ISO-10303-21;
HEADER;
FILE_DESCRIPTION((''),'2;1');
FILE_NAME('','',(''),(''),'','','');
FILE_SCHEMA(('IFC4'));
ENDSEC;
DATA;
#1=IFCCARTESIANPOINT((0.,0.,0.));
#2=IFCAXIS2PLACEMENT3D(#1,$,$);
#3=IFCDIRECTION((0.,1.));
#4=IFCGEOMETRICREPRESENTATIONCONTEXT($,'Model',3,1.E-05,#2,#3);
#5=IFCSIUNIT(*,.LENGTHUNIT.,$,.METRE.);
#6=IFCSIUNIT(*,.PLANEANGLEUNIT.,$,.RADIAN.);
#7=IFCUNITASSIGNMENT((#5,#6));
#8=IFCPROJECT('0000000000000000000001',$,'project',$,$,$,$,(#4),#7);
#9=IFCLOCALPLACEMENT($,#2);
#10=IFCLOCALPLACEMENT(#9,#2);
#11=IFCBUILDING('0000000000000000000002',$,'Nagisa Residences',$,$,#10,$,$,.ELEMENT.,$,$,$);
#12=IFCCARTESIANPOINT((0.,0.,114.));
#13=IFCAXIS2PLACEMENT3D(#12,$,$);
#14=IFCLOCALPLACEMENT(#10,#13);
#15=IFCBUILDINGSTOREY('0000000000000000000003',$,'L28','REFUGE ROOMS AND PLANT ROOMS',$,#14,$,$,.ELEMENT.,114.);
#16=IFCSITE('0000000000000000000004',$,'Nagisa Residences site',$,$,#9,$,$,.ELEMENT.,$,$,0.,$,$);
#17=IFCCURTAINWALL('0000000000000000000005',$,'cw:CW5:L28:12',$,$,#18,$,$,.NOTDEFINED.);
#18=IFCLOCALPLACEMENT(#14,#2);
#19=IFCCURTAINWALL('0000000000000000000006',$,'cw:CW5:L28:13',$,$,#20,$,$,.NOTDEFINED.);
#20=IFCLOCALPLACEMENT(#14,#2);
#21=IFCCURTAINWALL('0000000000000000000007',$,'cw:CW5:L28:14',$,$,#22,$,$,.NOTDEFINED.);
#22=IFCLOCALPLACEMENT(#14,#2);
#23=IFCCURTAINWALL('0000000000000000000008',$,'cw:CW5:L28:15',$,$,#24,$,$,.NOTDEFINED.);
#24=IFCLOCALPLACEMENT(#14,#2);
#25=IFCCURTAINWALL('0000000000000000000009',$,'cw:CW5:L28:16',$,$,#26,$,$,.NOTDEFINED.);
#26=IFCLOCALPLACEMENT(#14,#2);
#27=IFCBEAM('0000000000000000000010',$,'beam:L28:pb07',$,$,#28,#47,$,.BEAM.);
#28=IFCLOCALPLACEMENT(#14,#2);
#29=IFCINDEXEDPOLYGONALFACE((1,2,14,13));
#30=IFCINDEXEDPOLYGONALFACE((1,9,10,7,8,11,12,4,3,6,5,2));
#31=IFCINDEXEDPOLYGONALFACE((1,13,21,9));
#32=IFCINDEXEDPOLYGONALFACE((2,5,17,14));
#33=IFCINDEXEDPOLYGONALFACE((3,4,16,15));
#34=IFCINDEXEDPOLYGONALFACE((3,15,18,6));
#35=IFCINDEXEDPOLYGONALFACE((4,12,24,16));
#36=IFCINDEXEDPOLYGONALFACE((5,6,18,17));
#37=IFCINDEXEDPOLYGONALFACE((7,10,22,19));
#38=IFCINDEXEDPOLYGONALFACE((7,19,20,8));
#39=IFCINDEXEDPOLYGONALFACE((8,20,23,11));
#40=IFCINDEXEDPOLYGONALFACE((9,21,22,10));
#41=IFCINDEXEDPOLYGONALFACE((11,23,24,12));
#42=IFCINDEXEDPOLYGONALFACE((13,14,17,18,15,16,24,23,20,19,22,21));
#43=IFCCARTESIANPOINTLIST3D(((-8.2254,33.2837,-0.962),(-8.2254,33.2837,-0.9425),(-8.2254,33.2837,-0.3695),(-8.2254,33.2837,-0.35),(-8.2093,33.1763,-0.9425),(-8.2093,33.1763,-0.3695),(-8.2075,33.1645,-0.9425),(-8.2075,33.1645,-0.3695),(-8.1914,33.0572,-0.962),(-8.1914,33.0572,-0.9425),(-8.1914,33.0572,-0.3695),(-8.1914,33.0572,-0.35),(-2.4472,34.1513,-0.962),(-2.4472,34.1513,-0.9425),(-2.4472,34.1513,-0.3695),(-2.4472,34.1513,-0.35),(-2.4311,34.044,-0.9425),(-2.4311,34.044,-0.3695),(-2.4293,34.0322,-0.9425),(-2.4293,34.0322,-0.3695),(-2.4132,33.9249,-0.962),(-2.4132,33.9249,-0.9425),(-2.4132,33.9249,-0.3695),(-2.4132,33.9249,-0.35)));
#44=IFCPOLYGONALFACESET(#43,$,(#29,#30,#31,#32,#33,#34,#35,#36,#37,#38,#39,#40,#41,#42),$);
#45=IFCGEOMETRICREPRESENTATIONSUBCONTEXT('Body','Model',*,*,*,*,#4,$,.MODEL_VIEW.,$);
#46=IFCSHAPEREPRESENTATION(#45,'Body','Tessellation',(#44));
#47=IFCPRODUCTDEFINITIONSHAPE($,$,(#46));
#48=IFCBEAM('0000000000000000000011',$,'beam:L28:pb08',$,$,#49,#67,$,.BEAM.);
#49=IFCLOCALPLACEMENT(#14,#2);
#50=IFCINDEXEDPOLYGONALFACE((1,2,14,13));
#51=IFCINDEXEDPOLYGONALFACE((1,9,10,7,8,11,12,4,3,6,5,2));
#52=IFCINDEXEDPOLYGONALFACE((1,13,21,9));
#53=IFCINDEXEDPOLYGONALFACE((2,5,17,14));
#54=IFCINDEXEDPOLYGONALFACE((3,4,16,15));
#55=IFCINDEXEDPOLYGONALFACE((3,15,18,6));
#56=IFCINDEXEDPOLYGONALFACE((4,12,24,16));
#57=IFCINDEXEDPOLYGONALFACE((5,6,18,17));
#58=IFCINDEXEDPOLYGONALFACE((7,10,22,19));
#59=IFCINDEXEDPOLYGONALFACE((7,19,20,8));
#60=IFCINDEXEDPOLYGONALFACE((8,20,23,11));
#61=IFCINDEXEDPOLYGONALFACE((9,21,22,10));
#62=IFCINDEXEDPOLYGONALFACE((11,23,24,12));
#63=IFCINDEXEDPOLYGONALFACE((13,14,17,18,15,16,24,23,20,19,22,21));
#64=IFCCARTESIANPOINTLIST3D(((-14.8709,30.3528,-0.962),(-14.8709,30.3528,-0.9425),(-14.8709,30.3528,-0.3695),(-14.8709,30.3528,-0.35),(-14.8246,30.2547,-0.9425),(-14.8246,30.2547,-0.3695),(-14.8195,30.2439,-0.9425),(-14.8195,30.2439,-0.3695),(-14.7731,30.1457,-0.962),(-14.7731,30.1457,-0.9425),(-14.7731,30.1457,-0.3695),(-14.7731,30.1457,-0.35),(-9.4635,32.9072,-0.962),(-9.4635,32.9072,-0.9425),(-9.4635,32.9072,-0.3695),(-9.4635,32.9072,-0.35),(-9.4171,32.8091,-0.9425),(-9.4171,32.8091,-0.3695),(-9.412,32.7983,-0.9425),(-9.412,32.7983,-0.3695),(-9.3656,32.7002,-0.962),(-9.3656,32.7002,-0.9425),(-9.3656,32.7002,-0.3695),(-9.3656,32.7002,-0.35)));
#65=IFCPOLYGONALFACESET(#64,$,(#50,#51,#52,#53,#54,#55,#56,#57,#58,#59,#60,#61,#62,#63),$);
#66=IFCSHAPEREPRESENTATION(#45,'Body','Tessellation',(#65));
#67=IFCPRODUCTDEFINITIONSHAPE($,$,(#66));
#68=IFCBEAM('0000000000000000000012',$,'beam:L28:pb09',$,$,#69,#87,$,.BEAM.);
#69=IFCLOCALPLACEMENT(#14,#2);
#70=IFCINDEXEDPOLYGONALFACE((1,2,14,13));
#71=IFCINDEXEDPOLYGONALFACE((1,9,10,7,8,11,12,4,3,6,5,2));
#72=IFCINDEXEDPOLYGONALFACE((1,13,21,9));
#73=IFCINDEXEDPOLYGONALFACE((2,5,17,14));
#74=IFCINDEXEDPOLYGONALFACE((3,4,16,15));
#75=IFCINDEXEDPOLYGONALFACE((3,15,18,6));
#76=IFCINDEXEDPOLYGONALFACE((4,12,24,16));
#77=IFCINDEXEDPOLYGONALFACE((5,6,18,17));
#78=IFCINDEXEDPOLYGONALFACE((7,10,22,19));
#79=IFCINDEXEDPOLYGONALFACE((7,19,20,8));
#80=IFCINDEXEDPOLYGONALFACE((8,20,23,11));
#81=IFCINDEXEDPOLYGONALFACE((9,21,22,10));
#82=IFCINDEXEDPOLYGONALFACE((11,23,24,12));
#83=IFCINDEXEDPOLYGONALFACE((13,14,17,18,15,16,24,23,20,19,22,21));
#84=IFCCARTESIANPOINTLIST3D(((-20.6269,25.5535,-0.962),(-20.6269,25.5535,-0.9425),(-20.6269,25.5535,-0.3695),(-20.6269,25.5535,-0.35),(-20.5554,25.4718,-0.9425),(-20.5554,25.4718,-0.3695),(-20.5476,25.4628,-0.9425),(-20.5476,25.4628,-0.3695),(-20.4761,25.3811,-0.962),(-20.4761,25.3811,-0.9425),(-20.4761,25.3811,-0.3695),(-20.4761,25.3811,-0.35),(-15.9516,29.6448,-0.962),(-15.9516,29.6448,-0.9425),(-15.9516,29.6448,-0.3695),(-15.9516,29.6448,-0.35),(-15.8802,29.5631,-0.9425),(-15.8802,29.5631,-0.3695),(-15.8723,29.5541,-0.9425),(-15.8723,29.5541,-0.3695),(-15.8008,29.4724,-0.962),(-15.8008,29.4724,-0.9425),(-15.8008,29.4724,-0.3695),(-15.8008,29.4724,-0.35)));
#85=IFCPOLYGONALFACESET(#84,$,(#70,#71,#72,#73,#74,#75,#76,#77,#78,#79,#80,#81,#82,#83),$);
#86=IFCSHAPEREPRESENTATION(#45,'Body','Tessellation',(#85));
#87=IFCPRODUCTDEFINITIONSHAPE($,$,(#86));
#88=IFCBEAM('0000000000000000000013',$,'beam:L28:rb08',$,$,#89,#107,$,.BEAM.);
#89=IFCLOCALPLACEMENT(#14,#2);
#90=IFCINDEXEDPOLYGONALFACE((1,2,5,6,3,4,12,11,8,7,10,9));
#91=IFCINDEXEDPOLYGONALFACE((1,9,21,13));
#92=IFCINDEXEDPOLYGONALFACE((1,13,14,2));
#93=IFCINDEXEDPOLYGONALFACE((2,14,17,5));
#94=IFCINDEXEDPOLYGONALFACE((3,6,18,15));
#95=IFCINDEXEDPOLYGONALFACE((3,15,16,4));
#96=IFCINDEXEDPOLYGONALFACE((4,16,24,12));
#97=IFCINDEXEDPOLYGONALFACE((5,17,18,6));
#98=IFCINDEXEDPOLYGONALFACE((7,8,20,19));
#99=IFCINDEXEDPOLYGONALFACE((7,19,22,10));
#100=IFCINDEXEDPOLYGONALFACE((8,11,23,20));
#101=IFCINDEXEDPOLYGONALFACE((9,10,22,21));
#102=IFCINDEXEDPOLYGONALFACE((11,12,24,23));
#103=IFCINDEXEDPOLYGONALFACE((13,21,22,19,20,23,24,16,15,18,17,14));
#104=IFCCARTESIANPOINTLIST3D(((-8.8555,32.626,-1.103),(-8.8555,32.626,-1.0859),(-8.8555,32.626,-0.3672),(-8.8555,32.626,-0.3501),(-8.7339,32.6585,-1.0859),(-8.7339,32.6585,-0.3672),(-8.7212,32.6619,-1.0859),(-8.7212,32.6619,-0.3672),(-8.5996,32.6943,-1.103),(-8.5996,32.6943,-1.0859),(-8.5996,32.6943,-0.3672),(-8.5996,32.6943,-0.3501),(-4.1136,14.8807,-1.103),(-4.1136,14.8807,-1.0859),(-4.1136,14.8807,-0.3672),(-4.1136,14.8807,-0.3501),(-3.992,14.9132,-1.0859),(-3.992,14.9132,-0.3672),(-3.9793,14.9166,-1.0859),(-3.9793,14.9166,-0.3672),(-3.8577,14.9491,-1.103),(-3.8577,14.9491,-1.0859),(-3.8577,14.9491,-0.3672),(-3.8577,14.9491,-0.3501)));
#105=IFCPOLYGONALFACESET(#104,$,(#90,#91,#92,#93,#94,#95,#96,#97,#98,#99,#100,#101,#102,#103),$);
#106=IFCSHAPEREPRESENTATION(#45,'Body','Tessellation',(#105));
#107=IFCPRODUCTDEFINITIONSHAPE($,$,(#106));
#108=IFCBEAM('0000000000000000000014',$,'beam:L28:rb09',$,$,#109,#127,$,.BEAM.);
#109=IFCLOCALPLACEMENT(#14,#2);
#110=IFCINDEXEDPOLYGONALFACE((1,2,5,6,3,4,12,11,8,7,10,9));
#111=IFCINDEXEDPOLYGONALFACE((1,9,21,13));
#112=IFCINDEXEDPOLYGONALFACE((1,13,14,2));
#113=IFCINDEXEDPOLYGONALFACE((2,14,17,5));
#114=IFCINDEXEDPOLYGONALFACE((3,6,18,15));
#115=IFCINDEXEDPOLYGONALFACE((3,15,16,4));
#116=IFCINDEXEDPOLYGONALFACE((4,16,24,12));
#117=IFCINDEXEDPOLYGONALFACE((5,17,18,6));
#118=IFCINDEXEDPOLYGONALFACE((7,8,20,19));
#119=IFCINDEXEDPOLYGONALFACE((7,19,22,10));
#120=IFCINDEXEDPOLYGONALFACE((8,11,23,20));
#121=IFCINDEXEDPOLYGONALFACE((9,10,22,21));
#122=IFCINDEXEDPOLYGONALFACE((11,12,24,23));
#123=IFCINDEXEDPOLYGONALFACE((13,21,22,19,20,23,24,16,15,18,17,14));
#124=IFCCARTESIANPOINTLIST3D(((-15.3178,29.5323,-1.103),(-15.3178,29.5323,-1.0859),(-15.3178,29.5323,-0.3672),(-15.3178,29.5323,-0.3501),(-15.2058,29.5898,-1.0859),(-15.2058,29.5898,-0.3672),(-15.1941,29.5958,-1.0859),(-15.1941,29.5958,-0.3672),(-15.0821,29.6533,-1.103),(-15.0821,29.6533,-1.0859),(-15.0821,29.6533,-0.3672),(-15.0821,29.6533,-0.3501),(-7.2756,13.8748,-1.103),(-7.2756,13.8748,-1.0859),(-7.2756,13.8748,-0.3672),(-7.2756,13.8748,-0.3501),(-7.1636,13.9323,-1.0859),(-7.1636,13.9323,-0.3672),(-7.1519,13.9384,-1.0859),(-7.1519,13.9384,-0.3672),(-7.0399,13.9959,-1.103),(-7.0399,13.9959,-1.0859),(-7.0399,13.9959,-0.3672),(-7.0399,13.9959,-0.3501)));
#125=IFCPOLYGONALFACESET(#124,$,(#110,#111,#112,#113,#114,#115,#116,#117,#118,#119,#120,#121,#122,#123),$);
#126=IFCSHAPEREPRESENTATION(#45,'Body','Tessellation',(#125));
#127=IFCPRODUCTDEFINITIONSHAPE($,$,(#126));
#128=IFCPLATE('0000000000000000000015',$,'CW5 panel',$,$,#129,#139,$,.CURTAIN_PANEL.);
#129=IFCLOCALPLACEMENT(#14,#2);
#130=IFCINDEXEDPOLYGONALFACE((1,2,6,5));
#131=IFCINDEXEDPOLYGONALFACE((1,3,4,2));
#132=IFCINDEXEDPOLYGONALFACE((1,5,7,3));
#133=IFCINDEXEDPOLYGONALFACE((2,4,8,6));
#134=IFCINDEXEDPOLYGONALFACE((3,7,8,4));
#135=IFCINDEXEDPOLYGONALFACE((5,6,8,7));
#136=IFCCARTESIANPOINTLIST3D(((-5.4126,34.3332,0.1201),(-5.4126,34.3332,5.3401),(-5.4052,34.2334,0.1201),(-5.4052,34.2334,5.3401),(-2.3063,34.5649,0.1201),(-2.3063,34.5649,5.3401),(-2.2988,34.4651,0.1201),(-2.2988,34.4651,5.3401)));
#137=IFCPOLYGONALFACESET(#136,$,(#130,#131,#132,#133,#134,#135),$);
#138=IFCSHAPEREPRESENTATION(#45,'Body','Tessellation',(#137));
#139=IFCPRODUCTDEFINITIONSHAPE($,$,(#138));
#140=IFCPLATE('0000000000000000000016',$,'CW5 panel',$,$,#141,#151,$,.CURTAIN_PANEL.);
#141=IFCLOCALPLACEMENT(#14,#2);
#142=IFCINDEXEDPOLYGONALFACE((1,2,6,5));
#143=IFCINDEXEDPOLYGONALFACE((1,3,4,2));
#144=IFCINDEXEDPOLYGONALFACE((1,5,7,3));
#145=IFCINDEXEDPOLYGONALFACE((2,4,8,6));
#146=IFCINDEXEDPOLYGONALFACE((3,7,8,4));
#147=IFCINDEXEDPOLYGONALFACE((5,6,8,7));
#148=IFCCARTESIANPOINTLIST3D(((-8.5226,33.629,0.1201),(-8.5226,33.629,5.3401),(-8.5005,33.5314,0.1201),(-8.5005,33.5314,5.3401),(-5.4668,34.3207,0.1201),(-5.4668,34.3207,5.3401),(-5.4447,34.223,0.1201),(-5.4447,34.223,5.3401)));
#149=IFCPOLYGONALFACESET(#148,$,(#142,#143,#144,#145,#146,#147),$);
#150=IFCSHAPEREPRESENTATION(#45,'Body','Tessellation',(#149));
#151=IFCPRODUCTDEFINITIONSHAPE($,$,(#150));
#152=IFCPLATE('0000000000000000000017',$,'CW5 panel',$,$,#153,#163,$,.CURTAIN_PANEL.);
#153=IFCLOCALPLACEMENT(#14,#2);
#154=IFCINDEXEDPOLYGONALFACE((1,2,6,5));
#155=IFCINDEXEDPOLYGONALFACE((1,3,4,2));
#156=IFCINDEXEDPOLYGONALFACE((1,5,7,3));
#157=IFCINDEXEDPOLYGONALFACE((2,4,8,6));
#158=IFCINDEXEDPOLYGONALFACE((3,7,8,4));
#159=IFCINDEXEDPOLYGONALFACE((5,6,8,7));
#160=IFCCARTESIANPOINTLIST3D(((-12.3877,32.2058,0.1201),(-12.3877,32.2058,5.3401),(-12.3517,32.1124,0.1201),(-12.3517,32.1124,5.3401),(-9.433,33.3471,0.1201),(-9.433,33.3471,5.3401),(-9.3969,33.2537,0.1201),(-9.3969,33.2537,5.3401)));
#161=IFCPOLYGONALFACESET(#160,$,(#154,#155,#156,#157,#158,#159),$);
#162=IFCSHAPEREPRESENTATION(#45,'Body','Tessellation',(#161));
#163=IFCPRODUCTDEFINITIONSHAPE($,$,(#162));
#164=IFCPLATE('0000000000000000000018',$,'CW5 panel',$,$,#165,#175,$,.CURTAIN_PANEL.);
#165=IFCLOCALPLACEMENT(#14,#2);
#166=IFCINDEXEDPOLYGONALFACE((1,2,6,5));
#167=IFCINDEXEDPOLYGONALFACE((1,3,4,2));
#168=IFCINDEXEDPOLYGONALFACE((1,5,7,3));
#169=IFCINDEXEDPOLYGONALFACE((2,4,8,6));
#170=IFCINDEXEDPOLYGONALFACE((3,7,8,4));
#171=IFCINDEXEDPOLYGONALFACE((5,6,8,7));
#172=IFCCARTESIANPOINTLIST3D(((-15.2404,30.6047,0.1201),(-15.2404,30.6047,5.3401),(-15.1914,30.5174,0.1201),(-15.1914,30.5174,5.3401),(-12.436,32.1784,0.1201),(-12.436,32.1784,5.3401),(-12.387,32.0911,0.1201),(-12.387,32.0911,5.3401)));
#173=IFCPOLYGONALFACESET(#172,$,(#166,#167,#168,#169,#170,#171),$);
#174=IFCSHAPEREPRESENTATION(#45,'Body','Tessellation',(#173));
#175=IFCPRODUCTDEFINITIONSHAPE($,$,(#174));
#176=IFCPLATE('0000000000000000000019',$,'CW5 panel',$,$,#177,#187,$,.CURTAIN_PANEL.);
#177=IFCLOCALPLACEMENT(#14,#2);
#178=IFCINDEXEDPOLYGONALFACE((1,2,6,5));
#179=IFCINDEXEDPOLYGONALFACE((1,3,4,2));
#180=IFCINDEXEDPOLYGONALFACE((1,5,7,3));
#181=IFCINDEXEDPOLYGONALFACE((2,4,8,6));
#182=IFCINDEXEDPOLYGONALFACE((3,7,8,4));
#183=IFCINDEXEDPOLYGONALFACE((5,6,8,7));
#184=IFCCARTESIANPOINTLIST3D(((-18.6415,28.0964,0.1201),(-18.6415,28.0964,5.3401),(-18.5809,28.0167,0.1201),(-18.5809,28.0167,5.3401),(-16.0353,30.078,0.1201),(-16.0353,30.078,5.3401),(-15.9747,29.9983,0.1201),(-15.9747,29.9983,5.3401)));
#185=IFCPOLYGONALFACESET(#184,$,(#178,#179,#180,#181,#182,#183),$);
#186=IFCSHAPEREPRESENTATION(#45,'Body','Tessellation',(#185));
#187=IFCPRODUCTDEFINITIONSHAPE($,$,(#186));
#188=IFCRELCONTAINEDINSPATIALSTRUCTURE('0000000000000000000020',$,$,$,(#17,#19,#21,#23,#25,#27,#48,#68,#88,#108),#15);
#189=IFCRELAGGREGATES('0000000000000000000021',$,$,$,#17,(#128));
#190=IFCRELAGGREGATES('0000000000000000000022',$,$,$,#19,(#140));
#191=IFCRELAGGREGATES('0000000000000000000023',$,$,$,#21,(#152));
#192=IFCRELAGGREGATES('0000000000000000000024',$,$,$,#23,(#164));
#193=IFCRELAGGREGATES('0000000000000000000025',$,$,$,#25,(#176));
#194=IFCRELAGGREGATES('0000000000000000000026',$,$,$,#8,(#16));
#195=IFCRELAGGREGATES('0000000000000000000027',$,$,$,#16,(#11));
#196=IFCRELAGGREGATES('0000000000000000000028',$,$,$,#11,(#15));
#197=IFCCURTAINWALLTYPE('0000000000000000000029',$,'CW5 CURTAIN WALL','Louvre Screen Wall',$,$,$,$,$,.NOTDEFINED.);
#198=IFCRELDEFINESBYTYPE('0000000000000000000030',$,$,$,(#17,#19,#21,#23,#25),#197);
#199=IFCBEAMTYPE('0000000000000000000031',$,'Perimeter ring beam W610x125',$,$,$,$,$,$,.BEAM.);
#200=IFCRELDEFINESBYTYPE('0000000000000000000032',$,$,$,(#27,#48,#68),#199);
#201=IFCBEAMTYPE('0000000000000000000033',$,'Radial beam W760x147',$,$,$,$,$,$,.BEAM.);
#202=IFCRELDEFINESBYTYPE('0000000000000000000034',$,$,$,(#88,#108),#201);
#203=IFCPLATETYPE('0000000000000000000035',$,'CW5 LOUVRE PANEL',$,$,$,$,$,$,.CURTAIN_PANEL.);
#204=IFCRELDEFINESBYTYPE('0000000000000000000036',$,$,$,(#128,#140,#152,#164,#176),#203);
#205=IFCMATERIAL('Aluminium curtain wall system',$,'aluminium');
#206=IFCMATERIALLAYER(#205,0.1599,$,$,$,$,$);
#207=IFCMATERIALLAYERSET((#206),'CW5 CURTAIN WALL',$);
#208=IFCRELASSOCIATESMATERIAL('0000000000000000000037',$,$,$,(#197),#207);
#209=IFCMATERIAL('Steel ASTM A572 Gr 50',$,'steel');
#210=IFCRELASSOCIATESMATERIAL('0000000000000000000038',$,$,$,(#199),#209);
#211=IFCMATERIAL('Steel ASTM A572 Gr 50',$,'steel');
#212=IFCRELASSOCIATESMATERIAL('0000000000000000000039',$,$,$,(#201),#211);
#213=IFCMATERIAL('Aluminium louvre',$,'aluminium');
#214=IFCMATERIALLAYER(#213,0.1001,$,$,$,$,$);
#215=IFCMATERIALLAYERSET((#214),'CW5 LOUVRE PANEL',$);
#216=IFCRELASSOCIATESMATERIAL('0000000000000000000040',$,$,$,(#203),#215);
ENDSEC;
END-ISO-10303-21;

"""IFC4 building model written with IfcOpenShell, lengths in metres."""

from ifc_helpers import new_model, si_unit, direction, frame, origin, origin_2d, place, context, subcontext, project, spatial, rectangle, i_section, extrude, material, layer, layer_set, material_profile, profile_set, type_object, element, aggregate, save


model = new_model("IFC4")

# Units and contexts
model_context = context("Model", 3, precision=1e-05, world=origin(), true_north=direction((0.0, 1.0)))
body_context = subcontext(model_context, "Body", "Model", "MODEL_VIEW")
ifc_project = project(units=[si_unit("LENGTHUNIT", "METRE"), si_unit("PLANEANGLEUNIT", "RADIAN")], contexts=[model_context])

# Site, building, storey
site_placement = place(None, origin())
site = spatial("IfcSite", under=ifc_project, at=site_placement, Name="Nagisa Residences site", CompositionType="ELEMENT", RefElevation=0.0)
building_placement = place(site_placement, origin())
building = spatial("IfcBuilding", under=site, at=building_placement, Name="Nagisa Residences", CompositionType="ELEMENT")
storey_placement = place(building_placement, frame((0.0, 0.0, 114.0)))
storey = spatial("IfcBuildingStorey", under=building, at=storey_placement, Name="L28", Description="REFUGE ROOMS AND PLANT ROOMS", CompositionType="ELEMENT", Elevation=114.0)

# Curtain walls
ifc_material_1 = material(Name="Aluminium curtain wall system", Category="aluminium")
ifc_layer_1 = layer(ifc_material_1, 0.1599)
ifc_layer_set_1 = layer_set([ifc_layer_1], Name="CW5 CURTAIN WALL")
curtain_wall_type = type_object("IfcCurtainWallType", Name="CW5 CURTAIN WALL", Description="Louvre Screen Wall", PredefinedType="NOTDEFINED", material=ifc_layer_set_1)
curtain_wall_1_placement = place(storey_placement, origin())
curtain_wall_1 = element("IfcCurtainWall", 1, at=curtain_wall_1_placement, inside=storey, type_object=curtain_wall_type, Name="cw:CW5:L28:12", PredefinedType="NOTDEFINED")
curtain_wall_2_placement = place(storey_placement, origin())
curtain_wall_2 = element("IfcCurtainWall", 2, at=curtain_wall_2_placement, inside=storey, type_object=curtain_wall_type, Name="cw:CW5:L28:13", PredefinedType="NOTDEFINED")
curtain_wall_3_placement = place(storey_placement, origin())
curtain_wall_3 = element("IfcCurtainWall", 3, at=curtain_wall_3_placement, inside=storey, type_object=curtain_wall_type, Name="cw:CW5:L28:14", PredefinedType="NOTDEFINED")
curtain_wall_4_placement = place(storey_placement, origin())
curtain_wall_4 = element("IfcCurtainWall", 4, at=curtain_wall_4_placement, inside=storey, type_object=curtain_wall_type, Name="cw:CW5:L28:15", PredefinedType="NOTDEFINED")
curtain_wall_5_placement = place(storey_placement, origin())
curtain_wall_5 = element("IfcCurtainWall", 5, at=curtain_wall_5_placement, inside=storey, type_object=curtain_wall_type, Name="cw:CW5:L28:16", PredefinedType="NOTDEFINED")

# Beams
ifc_material_2 = material(Name="Steel ASTM A572 Gr 50", Category="steel")
ifc_material_profile_1 = material_profile(ifc_material_2, i_section(OverallWidth=0.229, OverallDepth=0.6121, WebThickness=0.012, FlangeThickness=0.0195, at=origin_2d()), Name="W610x125")
ifc_profile_set_1 = profile_set([ifc_material_profile_1], Name="Steel ASTM A572 Gr 50")
beam_type_1 = type_object("IfcBeamType", Name="Perimeter ring beam W610x125", PredefinedType="BEAM", material=ifc_profile_set_1)
beam_1_placement = place(storey_placement, frame((-2.4302, 34.0381, -0.656), z_axis=(-0.988913, -0.148496, 0.0), x_axis=(0.148496, -0.988913, 0.0)))
element("IfcBeam", 6, at=beam_1_placement, inside=storey, type_object=beam_type_1, Name="beam:L28:pb07", PredefinedType="BEAM", context=body_context, shape_type="SweptSolid", body=[
    extrude(i_section(OverallWidth=0.229, OverallDepth=0.6121, WebThickness=0.012, FlangeThickness=0.0195, at=origin_2d()), origin(), (0.0, 0.0, 1.0), 5.843),
])
beam_2_placement = place(storey_placement, frame((-9.4146, 32.8037, -0.656), z_axis=(-0.90419, -0.427131, 0.0), x_axis=(0.427131, -0.90419, 0.0)))
element("IfcBeam", 7, at=beam_2_placement, inside=storey, type_object=beam_type_1, Name="beam:L28:pb08", PredefinedType="BEAM", context=body_context, shape_type="SweptSolid", body=[
    extrude(i_section(OverallWidth=0.229, OverallDepth=0.6121, WebThickness=0.012, FlangeThickness=0.0195, at=origin_2d()), origin(), (0.0, 0.0, 1.0), 5.9805),
])
beam_3_placement = place(storey_placement, frame((-15.8762, 29.5586, -0.656), z_axis=(-0.752543, -0.658544, 0.0), x_axis=(0.658544, -0.752543, 0.0)))
element("IfcBeam", 8, at=beam_3_placement, inside=storey, type_object=beam_type_1, Name="beam:L28:pb09", PredefinedType="BEAM", context=body_context, shape_type="SweptSolid", body=[
    extrude(i_section(OverallWidth=0.229, OverallDepth=0.6121, WebThickness=0.012, FlangeThickness=0.0195, at=origin_2d()), origin(), (0.0, 0.0, 1.0), 6.2126),
])
ifc_material_3 = material(Name="Steel ASTM A572 Gr 50", Category="steel")
ifc_material_profile_2 = material_profile(ifc_material_3, i_section(OverallWidth=0.2649, OverallDepth=0.7529, WebThickness=0.0132, FlangeThickness=0.0171, at=origin_2d()), Name="W760x147")
ifc_profile_set_2 = profile_set([ifc_material_profile_2], Name="Steel ASTM A572 Gr 50")
beam_type_2 = type_object("IfcBeamType", Name="Radial beam W760x147", PredefinedType="BEAM", material=ifc_profile_set_2)
beam_4_placement = place(storey_placement, frame((-8.7275, 32.6602, -0.7266), z_axis=(0.258163, -0.966101, 0.0), x_axis=(0.966101, 0.258163, 0.0)))
element("IfcBeam", 9, at=beam_4_placement, inside=storey, type_object=beam_type_2, Name="beam:L28:rb08", PredefinedType="BEAM", context=body_context, shape_type="SweptSolid", body=[
    extrude(i_section(OverallWidth=0.2649, OverallDepth=0.7529, WebThickness=0.0132, FlangeThickness=0.0171, at=origin_2d()), origin(), (0.0, 0.0, 1.0), 18.3679),
])
beam_5_placement = place(storey_placement, frame((-15.2, 29.5928, -0.7266), z_axis=(0.456891, -0.889523, 0.0), x_axis=(0.889523, 0.456891, 0.0)))
element("IfcBeam", 10, at=beam_5_placement, inside=storey, type_object=beam_type_2, Name="beam:L28:rb09", PredefinedType="BEAM", context=body_context, shape_type="SweptSolid", body=[
    extrude(i_section(OverallWidth=0.2649, OverallDepth=0.7529, WebThickness=0.0132, FlangeThickness=0.0171, at=origin_2d()), origin(), (0.0, 0.0, 1.0), 17.6021),
])

# Plates
ifc_material_4 = material(Name="Aluminium louvre", Category="aluminium")
ifc_layer_2 = layer(ifc_material_4, 0.1001)
ifc_layer_set_2 = layer_set([ifc_layer_2], Name="CW5 LOUVRE PANEL")
plate_type = type_object("IfcPlateType", Name="CW5 LOUVRE PANEL", PredefinedType="CURTAIN_PANEL", material=ifc_layer_set_2)
plate_1_placement = place(storey_placement, frame((-3.8557, 34.3992, 0.1201), z_axis=(0.0, 0.0, 1.0), x_axis=(-0.99723, -0.074377, 0.0)))
plate_1 = element("IfcPlate", 11, at=plate_1_placement, type_object=plate_type, Name="CW5 panel", PredefinedType="CURTAIN_PANEL", context=body_context, shape_type="SweptSolid", body=[
    extrude(rectangle(XDim=3.115, YDim=0.1001, at=origin_2d()), origin(), (0.0, 0.0, 1.0), 5.22),
])
aggregate(curtain_wall_1, [plate_1])
plate_2_placement = place(storey_placement, frame((-6.9836, 33.926, 0.1201), z_axis=(0.0, 0.0, 1.0), x_axis=(-0.975327, -0.220764, 0.0)))
plate_2 = element("IfcPlate", 12, at=plate_2_placement, type_object=plate_type, Name="CW5 panel", PredefinedType="CURTAIN_PANEL", context=body_context, shape_type="SweptSolid", body=[
    extrude(rectangle(XDim=3.1331, YDim=0.1001, at=origin_2d()), origin(), (0.0, 0.0, 1.0), 5.22),
])
aggregate(curtain_wall_2, [plate_2])
plate_3_placement = place(storey_placement, frame((-10.8923, 32.7297, 0.1201), z_axis=(0.0, 0.0, 1.0), x_axis=(-0.932826, -0.360328, 0.0)))
plate_3 = element("IfcPlate", 13, at=plate_3_placement, type_object=plate_type, Name="CW5 panel", PredefinedType="CURTAIN_PANEL", context=body_context, shape_type="SweptSolid", body=[
    extrude(rectangle(XDim=3.1675, YDim=0.1001, at=origin_2d()), origin(), (0.0, 0.0, 1.0), 5.22),
])
aggregate(curtain_wall_3, [plate_3])
plate_4_placement = place(storey_placement, frame((-13.8137, 31.3479, 0.1201), z_axis=(0.0, 0.0, 1.0), x_axis=(-0.872072, -0.489377, 0.0)))
plate_4 = element("IfcPlate", 14, at=plate_4_placement, type_object=plate_type, Name="CW5 panel", PredefinedType="CURTAIN_PANEL", context=body_context, shape_type="SweptSolid", body=[
    extrude(rectangle(XDim=3.2158, YDim=0.1001, at=origin_2d()), origin(), (0.0, 0.0, 1.0), 5.22),
])
aggregate(curtain_wall_4, [plate_4])
plate_5_placement = place(storey_placement, frame((-17.3081, 29.0474, 0.1201), z_axis=(0.0, 0.0, 1.0), x_axis=(-0.796031, -0.605255, 0.0)))
plate_5 = element("IfcPlate", 15, at=plate_5_placement, type_object=plate_type, Name="CW5 panel", PredefinedType="CURTAIN_PANEL", context=body_context, shape_type="SweptSolid", body=[
    extrude(rectangle(XDim=3.2739, YDim=0.1001, at=origin_2d()), origin(), (0.0, 0.0, 1.0), 5.22),
])
aggregate(curtain_wall_5, [plate_5])

save(model, "model.ifc")
